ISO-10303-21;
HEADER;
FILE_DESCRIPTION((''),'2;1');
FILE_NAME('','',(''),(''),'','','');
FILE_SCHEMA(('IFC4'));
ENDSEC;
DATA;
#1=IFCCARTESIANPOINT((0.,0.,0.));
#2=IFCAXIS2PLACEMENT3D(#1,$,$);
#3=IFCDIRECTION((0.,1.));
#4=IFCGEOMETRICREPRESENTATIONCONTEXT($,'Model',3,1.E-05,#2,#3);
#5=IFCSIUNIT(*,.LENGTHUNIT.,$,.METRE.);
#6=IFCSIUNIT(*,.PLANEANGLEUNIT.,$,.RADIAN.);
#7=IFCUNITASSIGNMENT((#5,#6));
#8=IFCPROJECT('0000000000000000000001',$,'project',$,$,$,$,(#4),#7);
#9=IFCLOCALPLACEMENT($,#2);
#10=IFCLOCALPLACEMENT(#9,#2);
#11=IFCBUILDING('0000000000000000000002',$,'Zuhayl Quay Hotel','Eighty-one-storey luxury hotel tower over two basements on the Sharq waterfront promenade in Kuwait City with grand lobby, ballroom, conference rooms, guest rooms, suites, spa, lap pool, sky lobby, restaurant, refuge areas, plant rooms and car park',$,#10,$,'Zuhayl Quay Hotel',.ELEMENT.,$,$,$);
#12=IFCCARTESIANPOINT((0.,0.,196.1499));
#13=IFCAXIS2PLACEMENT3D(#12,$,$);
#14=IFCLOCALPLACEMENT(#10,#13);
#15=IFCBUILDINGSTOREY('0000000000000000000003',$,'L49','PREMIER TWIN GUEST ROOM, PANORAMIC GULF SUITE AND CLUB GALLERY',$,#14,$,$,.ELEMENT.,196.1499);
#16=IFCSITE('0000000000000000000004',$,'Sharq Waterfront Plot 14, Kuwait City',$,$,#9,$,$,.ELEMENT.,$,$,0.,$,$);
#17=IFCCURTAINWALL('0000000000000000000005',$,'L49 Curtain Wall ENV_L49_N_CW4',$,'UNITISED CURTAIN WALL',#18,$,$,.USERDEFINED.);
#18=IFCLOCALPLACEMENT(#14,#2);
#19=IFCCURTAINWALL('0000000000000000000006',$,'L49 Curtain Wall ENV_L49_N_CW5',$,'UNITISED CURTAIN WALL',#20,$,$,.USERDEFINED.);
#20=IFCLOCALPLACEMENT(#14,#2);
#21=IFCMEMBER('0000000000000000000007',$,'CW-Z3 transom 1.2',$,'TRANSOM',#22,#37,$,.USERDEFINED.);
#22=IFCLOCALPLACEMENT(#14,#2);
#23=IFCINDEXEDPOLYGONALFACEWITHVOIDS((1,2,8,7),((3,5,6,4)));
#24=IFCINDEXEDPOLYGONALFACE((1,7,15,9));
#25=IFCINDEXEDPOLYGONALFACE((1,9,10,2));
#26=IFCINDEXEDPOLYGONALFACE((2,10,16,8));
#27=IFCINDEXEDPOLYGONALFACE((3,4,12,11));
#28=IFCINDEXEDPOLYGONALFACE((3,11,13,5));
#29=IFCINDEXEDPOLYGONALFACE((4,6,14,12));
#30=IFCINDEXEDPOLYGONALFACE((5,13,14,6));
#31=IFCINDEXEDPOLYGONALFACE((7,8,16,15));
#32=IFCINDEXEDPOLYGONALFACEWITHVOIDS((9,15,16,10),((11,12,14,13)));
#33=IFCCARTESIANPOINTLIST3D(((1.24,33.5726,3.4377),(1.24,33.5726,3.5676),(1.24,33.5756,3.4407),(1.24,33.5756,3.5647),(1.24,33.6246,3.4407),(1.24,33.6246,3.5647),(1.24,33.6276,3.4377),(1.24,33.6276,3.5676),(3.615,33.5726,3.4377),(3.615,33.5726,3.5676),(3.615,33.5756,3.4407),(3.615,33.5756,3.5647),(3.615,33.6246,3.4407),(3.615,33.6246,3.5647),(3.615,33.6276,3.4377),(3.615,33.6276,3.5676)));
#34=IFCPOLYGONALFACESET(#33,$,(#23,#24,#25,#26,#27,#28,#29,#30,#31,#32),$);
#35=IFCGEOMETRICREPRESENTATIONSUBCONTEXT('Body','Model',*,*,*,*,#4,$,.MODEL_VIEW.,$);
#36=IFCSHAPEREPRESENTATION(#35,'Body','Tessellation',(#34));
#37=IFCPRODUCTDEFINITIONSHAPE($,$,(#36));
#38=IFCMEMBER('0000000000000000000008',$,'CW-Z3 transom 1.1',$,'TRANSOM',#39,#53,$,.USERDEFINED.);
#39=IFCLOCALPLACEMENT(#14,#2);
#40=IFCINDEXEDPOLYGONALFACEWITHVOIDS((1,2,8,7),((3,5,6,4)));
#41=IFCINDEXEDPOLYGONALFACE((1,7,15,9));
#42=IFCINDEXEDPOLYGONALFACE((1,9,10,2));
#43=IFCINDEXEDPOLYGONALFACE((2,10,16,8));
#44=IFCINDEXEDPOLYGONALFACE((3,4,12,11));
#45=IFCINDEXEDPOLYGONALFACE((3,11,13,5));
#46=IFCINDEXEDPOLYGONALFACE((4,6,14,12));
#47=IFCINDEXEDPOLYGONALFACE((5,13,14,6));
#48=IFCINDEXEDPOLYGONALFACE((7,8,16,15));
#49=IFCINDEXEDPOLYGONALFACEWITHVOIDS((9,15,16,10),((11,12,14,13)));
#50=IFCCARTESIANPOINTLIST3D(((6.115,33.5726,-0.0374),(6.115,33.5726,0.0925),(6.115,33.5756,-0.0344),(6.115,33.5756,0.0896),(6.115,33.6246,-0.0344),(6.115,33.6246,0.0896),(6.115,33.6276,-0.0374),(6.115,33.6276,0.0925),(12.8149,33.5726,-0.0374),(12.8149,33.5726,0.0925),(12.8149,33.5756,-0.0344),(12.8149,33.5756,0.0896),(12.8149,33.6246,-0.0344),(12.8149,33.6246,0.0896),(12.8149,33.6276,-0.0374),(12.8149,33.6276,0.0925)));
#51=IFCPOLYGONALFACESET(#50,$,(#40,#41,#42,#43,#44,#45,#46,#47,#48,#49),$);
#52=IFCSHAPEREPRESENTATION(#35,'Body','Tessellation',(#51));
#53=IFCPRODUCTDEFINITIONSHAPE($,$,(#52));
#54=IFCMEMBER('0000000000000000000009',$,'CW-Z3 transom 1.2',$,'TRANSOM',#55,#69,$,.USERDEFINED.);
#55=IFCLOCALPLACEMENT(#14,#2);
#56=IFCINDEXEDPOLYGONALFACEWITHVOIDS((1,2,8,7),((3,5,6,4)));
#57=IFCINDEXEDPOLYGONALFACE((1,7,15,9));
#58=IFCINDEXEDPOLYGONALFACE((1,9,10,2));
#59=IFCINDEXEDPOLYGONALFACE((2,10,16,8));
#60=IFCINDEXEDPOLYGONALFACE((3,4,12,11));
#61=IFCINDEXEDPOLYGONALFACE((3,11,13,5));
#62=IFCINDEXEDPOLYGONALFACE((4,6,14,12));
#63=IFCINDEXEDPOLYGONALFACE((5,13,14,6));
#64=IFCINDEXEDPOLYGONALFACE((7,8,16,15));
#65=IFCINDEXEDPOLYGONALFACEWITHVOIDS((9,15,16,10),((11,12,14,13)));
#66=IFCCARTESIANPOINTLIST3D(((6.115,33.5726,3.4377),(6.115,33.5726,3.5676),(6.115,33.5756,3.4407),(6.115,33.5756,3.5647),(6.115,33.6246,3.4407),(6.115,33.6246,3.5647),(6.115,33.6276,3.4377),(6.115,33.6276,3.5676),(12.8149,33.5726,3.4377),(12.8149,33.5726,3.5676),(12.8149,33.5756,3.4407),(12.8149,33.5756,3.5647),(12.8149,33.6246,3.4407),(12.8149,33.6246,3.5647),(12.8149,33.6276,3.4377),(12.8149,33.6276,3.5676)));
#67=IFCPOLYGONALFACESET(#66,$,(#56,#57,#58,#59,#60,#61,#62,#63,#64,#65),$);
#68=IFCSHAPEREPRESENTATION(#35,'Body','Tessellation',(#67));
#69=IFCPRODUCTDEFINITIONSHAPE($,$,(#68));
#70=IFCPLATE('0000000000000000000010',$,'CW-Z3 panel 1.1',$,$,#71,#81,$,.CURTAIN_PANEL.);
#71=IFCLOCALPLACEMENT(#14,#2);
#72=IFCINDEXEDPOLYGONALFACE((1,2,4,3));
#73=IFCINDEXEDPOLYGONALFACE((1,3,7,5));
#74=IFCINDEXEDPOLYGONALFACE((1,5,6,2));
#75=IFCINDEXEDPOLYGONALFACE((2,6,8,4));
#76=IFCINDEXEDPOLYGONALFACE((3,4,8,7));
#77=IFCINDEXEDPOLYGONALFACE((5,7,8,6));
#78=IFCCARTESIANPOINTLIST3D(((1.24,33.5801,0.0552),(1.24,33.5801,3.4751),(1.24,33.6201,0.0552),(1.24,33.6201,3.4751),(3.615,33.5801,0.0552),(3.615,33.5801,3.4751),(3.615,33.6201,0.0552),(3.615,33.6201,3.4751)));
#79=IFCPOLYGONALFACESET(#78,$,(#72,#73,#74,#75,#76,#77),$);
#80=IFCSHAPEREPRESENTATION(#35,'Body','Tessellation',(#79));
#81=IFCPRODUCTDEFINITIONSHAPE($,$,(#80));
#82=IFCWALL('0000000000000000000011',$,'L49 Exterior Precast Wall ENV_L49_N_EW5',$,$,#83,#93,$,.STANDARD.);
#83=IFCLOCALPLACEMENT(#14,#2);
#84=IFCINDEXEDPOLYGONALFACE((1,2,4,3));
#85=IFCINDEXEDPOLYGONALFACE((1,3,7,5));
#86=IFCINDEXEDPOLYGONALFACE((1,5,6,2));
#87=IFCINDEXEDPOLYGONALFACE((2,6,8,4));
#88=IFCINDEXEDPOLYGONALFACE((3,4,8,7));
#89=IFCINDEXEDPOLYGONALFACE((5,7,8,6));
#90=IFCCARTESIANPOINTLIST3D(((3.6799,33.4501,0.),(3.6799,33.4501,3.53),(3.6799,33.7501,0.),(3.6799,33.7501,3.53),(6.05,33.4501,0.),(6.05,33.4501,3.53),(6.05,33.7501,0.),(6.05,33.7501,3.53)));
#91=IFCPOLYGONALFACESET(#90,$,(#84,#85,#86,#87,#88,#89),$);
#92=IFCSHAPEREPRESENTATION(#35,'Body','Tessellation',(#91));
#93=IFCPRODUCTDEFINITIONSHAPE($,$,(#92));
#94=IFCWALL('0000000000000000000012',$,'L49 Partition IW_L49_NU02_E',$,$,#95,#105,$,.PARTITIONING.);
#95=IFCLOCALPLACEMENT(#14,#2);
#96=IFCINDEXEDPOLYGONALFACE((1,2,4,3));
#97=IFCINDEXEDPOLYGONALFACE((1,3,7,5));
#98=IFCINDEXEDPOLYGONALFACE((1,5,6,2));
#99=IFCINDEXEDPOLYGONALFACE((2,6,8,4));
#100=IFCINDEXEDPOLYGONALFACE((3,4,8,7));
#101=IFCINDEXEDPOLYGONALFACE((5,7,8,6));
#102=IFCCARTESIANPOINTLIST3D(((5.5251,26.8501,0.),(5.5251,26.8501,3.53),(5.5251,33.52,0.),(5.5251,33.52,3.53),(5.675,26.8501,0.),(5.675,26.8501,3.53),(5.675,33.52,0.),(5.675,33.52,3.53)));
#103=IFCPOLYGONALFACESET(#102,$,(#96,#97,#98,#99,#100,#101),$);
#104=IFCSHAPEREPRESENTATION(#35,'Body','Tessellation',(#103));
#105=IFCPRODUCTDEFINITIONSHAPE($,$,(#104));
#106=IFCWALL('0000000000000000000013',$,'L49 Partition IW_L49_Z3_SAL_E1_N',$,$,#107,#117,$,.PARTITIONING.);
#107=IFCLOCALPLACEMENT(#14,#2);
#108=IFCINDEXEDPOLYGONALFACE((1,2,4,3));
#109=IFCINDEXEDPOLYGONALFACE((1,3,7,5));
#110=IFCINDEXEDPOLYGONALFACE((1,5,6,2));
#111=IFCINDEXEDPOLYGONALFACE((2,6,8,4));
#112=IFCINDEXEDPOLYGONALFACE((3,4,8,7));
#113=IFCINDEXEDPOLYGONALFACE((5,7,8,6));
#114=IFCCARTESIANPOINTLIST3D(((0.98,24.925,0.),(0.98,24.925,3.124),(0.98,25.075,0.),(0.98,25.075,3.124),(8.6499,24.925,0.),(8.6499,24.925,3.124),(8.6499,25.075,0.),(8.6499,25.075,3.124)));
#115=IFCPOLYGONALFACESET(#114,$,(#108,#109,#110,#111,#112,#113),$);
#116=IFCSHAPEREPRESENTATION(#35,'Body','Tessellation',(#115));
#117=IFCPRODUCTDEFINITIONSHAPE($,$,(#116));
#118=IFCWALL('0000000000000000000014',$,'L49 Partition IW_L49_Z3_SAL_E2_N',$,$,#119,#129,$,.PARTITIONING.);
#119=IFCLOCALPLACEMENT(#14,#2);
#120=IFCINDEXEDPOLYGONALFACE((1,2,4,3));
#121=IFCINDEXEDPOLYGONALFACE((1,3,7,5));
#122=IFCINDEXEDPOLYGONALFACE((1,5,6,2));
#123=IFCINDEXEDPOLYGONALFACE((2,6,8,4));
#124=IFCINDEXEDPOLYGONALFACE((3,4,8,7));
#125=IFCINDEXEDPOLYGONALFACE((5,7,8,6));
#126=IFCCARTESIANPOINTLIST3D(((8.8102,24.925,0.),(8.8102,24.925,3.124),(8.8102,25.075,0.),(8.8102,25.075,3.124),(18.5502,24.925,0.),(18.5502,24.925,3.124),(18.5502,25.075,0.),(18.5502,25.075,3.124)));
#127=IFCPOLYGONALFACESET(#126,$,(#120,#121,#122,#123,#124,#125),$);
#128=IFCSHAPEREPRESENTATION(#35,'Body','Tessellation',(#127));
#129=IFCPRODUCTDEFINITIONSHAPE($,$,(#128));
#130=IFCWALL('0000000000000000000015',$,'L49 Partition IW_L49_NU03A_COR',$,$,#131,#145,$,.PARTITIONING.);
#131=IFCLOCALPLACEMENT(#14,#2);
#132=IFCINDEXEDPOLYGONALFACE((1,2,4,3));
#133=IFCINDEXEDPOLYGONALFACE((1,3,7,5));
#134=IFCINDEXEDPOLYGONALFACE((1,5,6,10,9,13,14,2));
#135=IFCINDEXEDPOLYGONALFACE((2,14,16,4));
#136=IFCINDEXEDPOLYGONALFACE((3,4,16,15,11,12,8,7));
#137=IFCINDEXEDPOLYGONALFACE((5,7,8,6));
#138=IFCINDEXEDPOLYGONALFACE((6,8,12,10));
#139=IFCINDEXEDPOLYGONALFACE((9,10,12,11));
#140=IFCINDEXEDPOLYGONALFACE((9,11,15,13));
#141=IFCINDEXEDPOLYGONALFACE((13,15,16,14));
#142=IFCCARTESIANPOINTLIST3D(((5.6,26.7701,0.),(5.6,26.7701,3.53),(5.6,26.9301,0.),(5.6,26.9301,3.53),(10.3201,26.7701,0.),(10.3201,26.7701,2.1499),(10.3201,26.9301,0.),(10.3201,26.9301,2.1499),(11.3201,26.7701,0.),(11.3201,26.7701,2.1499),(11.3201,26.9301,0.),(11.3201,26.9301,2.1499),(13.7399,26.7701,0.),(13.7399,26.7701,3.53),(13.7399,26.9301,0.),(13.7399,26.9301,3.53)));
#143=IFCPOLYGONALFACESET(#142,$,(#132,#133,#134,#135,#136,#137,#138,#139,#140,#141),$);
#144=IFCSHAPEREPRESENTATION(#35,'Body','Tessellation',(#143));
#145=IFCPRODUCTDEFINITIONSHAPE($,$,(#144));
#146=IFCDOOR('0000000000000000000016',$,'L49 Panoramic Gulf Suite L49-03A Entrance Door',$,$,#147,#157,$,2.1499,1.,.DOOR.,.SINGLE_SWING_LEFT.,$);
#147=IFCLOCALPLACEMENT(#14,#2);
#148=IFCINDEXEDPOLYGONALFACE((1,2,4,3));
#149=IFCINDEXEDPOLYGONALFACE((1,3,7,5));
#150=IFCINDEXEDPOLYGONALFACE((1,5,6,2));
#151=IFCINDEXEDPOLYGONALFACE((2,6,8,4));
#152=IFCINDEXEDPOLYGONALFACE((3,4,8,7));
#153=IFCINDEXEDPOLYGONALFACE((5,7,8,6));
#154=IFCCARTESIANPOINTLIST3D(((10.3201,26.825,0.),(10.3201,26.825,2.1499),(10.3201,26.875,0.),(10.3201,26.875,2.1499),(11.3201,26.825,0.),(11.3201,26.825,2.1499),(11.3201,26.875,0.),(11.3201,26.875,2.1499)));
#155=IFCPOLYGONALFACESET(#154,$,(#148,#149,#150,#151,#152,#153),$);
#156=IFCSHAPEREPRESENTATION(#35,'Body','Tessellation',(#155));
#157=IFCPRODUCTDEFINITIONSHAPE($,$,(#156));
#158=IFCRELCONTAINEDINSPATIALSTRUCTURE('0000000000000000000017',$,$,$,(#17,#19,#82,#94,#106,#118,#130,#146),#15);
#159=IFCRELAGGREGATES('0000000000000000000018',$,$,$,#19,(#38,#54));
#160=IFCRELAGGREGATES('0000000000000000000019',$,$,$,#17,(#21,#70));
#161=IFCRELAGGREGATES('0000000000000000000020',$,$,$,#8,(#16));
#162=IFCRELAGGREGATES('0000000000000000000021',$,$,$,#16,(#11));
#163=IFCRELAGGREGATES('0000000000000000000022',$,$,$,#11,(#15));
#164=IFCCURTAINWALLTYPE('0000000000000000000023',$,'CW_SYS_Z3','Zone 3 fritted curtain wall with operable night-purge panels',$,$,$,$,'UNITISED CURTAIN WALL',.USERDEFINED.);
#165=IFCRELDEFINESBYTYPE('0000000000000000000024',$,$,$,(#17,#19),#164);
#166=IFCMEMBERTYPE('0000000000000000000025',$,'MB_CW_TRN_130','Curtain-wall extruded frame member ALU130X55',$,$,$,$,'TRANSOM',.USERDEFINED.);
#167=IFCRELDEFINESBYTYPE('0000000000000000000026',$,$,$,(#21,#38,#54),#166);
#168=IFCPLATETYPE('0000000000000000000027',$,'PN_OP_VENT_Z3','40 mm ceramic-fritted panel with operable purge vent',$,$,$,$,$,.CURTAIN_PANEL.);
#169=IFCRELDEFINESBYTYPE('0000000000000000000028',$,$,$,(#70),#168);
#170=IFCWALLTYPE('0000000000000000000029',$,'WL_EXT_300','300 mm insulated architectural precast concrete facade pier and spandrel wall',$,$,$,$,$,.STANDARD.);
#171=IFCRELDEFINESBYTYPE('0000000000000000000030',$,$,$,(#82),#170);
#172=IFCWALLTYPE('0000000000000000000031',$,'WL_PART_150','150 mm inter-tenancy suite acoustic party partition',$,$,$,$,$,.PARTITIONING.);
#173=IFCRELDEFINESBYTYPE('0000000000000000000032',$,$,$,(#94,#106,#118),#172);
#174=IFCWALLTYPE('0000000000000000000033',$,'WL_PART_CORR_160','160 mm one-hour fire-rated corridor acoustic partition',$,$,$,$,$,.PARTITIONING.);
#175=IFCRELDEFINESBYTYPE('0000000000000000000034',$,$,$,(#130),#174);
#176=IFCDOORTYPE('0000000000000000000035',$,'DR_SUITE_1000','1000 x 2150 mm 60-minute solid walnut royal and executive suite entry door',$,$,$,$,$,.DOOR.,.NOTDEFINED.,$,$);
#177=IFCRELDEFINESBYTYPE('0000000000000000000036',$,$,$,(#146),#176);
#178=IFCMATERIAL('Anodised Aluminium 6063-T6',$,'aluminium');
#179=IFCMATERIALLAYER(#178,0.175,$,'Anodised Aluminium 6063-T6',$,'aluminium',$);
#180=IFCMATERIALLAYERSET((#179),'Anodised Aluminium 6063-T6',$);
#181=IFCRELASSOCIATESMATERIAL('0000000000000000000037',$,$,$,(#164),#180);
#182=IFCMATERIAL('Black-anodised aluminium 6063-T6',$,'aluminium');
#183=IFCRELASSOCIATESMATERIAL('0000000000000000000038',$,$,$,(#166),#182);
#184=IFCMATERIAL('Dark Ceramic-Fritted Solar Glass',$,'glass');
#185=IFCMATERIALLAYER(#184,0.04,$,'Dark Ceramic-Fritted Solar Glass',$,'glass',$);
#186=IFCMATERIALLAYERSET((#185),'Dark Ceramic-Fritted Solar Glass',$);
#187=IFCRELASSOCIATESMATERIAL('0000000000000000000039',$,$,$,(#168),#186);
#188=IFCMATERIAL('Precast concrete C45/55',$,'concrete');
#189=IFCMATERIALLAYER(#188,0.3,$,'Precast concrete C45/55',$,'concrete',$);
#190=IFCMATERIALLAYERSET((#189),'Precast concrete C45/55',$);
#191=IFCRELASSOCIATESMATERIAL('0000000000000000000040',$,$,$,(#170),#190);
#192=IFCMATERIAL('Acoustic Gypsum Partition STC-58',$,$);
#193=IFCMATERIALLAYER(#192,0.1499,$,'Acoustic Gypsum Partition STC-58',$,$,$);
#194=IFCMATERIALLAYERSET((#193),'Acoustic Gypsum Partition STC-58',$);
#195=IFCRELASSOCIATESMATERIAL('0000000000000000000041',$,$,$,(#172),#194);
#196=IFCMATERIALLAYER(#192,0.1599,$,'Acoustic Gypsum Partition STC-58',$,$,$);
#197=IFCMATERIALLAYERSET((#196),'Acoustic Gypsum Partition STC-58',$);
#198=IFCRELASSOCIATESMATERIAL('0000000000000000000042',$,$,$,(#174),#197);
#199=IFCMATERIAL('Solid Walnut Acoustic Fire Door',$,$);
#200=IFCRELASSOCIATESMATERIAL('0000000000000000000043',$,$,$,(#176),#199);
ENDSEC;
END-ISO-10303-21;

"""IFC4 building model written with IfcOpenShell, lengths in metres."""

from ifc_helpers import new_model, si_unit, direction, frame, frame_2d, origin, origin_2d, place, context, subcontext, project, spatial, rectangle, hollow_rectangle, extrude, material, layer, layer_set, material_profile, profile_set, type_object, element, fill, aggregate, save


model = new_model("IFC4")

# Units and contexts
model_context = context("Model", 3, precision=1e-05, world=origin(), true_north=direction((0.0, 1.0)))
body_context = subcontext(model_context, "Body", "Model", "MODEL_VIEW")
ifc_project = project(units=[si_unit("LENGTHUNIT", "METRE"), si_unit("PLANEANGLEUNIT", "RADIAN")], contexts=[model_context])

# Site, building, storey
site_placement = place(None, origin())
site = spatial("IfcSite", under=ifc_project, at=site_placement, Name="Sharq Waterfront Plot 14, Kuwait City", CompositionType="ELEMENT", RefElevation=0.0)
building_placement = place(site_placement, origin())
building = spatial("IfcBuilding", under=site, at=building_placement, Name="Zuhayl Quay Hotel", Description="Eighty-one-storey luxury hotel tower over two basements on the Sharq waterfront promenade in Kuwait City with grand lobby, ballroom, conference rooms, guest rooms, suites, spa, lap pool, sky lobby, restaurant, refuge areas, plant rooms and car park", LongName="Zuhayl Quay Hotel", CompositionType="ELEMENT")
storey_placement = place(building_placement, frame((0.0, 0.0, 196.1499)))
storey = spatial("IfcBuildingStorey", under=building, at=storey_placement, Name="L49", Description="PREMIER TWIN GUEST ROOM, PANORAMIC GULF SUITE AND CLUB GALLERY", CompositionType="ELEMENT", Elevation=196.1499)

# Curtain wall
ifc_material_1 = material(Name="Anodised Aluminium 6063-T6", Category="aluminium")
ifc_layer_1 = layer(ifc_material_1, 0.175, Name="Anodised Aluminium 6063-T6", Category="aluminium")
ifc_layer_set_1 = layer_set([ifc_layer_1], Name="Anodised Aluminium 6063-T6")
curtain_wall_type = type_object("IfcCurtainWallType", Name="CW_SYS_Z3", Description="Zone 3 fritted curtain wall with operable night-purge panels", ElementType="UNITISED CURTAIN WALL", PredefinedType="USERDEFINED", material=ifc_layer_set_1)
curtain_wall_1_placement = place(storey_placement, origin())
curtain_wall_1 = element("IfcCurtainWall", 1, at=curtain_wall_1_placement, inside=storey, type_object=curtain_wall_type, Name="L49 Curtain Wall ENV_L49_N_CW4", ObjectType="UNITISED CURTAIN WALL", PredefinedType="USERDEFINED")
ifc_material_2 = material(Name="Black-anodised aluminium 6063-T6", Category="aluminium")

# Curtain wall
curtain_wall_2_placement = place(storey_placement, origin())
curtain_wall_2 = element("IfcCurtainWall", 2, at=curtain_wall_2_placement, inside=storey, type_object=curtain_wall_type, Name="L49 Curtain Wall ENV_L49_N_CW5", ObjectType="UNITISED CURTAIN WALL", PredefinedType="USERDEFINED")

# Members
ifc_material_profile_1 = material_profile(ifc_material_2, hollow_rectangle(XDim=0.0549, YDim=0.1299, WallThickness=0.0029, at=origin_2d()), Name="ALU130X55")
ifc_profile_set_1 = profile_set([ifc_material_profile_1], Name="Black-anodised aluminium 6063-T6")
member_type_1 = type_object("IfcMemberType", Name="MB_CW_TRN_130", Description="Curtain-wall extruded frame member ALU130X55", ElementType="TRANSOM", PredefinedType="USERDEFINED", material=ifc_profile_set_1)
member_1_placement = place(storey_placement, frame((1.24, 33.6001, 3.5027), z_axis=(1.0, 0.0, 0.0), x_axis=(0.0, 1.0, 0.0)))
member_1 = element("IfcMember", 3, at=member_1_placement, type_object=member_type_1, Name="CW-Z3 transom 1.2", ObjectType="TRANSOM", PredefinedType="USERDEFINED", context=body_context, shape_type="SweptSolid", body=[
    extrude(hollow_rectangle(XDim=0.0549, YDim=0.1299, WallThickness=0.0029, at=origin_2d()), origin(), (0.0, 0.0, 1.0), 2.375),
])
member_2_placement = place(storey_placement, frame((6.115, 33.6001, 0.0276), z_axis=(1.0, 0.0, 0.0), x_axis=(0.0, 1.0, 0.0)))
member_2 = element("IfcMember", 4, at=member_2_placement, type_object=member_type_1, Name="CW-Z3 transom 1.1", ObjectType="TRANSOM", PredefinedType="USERDEFINED", context=body_context, shape_type="SweptSolid", body=[
    extrude(hollow_rectangle(XDim=0.0549, YDim=0.1299, WallThickness=0.0029, at=origin_2d()), origin(), (0.0, 0.0, 1.0), 6.7),
])
member_3_placement = place(storey_placement, frame((6.115, 33.6001, 3.5027), z_axis=(1.0, 0.0, 0.0), x_axis=(0.0, 1.0, 0.0)))
member_3 = element("IfcMember", 5, at=member_3_placement, type_object=member_type_1, Name="CW-Z3 transom 1.2", ObjectType="TRANSOM", PredefinedType="USERDEFINED", context=body_context, shape_type="SweptSolid", body=[
    extrude(hollow_rectangle(XDim=0.0549, YDim=0.1299, WallThickness=0.0029, at=origin_2d()), origin(), (0.0, 0.0, 1.0), 6.7),
])
aggregate(curtain_wall_2, [member_2, member_3])

# Plate
ifc_material_3 = material(Name="Dark Ceramic-Fritted Solar Glass", Category="glass")
ifc_layer_2 = layer(ifc_material_3, 0.04, Name="Dark Ceramic-Fritted Solar Glass", Category="glass")
ifc_layer_set_2 = layer_set([ifc_layer_2], Name="Dark Ceramic-Fritted Solar Glass")
plate_type = type_object("IfcPlateType", Name="PN_OP_VENT_Z3", Description="40 mm ceramic-fritted panel with operable purge vent", PredefinedType="CURTAIN_PANEL", material=ifc_layer_set_2)
plate_placement = place(storey_placement, frame((2.4275, 33.6001, 0.0552), z_axis=(0.0, 0.0, 1.0), x_axis=(1.0, 0.0, 0.0)))
plate = element("IfcPlate", 6, at=plate_placement, type_object=plate_type, Name="CW-Z3 panel 1.1", PredefinedType="CURTAIN_PANEL", context=body_context, shape_type="SweptSolid", body=[
    extrude(rectangle(XDim=2.375, YDim=0.04, at=origin_2d()), origin(), (0.0, 0.0, 1.0), 3.4199),
])
aggregate(curtain_wall_1, [member_1, plate])

# Walls
ifc_material_4 = material(Name="Precast concrete C45/55", Category="concrete")
ifc_layer_3 = layer(ifc_material_4, 0.3, Name="Precast concrete C45/55", Category="concrete")
ifc_layer_set_3 = layer_set([ifc_layer_3], Name="Precast concrete C45/55")
wall_type_1 = type_object("IfcWallType", Name="WL_EXT_300", Description="300 mm insulated architectural precast concrete facade pier and spandrel wall", PredefinedType="STANDARD", material=ifc_layer_set_3)
wall_1_placement = place(storey_placement, frame((3.6799, 33.6001, 0.0), z_axis=(0.0, 0.0, 1.0), x_axis=(1.0, 0.0, 0.0)))
element("IfcWall", 7, at=wall_1_placement, inside=storey, type_object=wall_type_1, Name="L49 Exterior Precast Wall ENV_L49_N_EW5", PredefinedType="STANDARD", context=body_context, shape_type="SweptSolid", body=[
    extrude(rectangle(XDim=2.3701, YDim=0.3, at=frame_2d((1.1851, 0.0))), origin(), (0.0, 0.0, 1.0), 3.53),
])
ifc_material_5 = material(Name="Acoustic Gypsum Partition STC-58")
ifc_layer_4 = layer(ifc_material_5, 0.1499, Name="Acoustic Gypsum Partition STC-58")
ifc_layer_set_4 = layer_set([ifc_layer_4], Name="Acoustic Gypsum Partition STC-58")
wall_type_2 = type_object("IfcWallType", Name="WL_PART_150", Description="150 mm inter-tenancy suite acoustic party partition", PredefinedType="PARTITIONING", material=ifc_layer_set_4)
wall_2_placement = place(storey_placement, frame((5.6001, 26.8501, 0.0), z_axis=(0.0, 0.0, 1.0), x_axis=(0.0, 1.0, 0.0)))
element("IfcWall", 8, at=wall_2_placement, inside=storey, type_object=wall_type_2, Name="L49 Partition IW_L49_NU02_E", PredefinedType="PARTITIONING", context=body_context, shape_type="SweptSolid", body=[
    extrude(rectangle(XDim=6.6699, YDim=0.1499, at=frame_2d((3.335, 0.0))), origin(), (0.0, 0.0, 1.0), 3.53),
])
wall_3_placement = place(storey_placement, frame((0.98, 25.0, 0.0), z_axis=(0.0, 0.0, 1.0), x_axis=(1.0, 0.0, 0.0)))
element("IfcWall", 9, at=wall_3_placement, inside=storey, type_object=wall_type_2, Name="L49 Partition IW_L49_Z3_SAL_E1_N", PredefinedType="PARTITIONING", context=body_context, shape_type="SweptSolid", body=[
    extrude(rectangle(XDim=7.6699, YDim=0.1499, at=frame_2d((3.835, 0.0))), origin(), (0.0, 0.0, 1.0), 3.124),
])
wall_4_placement = place(storey_placement, frame((8.8101, 25.0, 0.0), z_axis=(0.0, 0.0, 1.0), x_axis=(1.0, 0.0, 0.0)))
element("IfcWall", 10, at=wall_4_placement, inside=storey, type_object=wall_type_2, Name="L49 Partition IW_L49_Z3_SAL_E2_N", PredefinedType="PARTITIONING", context=body_context, shape_type="SweptSolid", body=[
    extrude(rectangle(XDim=9.74, YDim=0.1499, at=frame_2d((4.8701, 0.0))), origin(), (0.0, 0.0, 1.0), 3.124),
])

# Wall, opening, door
ifc_layer_5 = layer(ifc_material_5, 0.1599, Name="Acoustic Gypsum Partition STC-58")
ifc_layer_set_5 = layer_set([ifc_layer_5], Name="Acoustic Gypsum Partition STC-58")
wall_type_3 = type_object("IfcWallType", Name="WL_PART_CORR_160", Description="160 mm one-hour fire-rated corridor acoustic partition", PredefinedType="PARTITIONING", material=ifc_layer_set_5)
wall_5_placement = place(storey_placement, frame((5.6001, 26.8501, 0.0), z_axis=(0.0, 0.0, 1.0), x_axis=(1.0, 0.0, 0.0)))
wall_5 = element("IfcWall", 11, at=wall_5_placement, inside=storey, type_object=wall_type_3, Name="L49 Partition IW_L49_NU03A_COR", PredefinedType="PARTITIONING", context=body_context, shape_type="SweptSolid", body=[
    extrude(rectangle(XDim=8.1399, YDim=0.1599, at=frame_2d((4.0698, 0.0))), origin(), (0.0, 0.0, 1.0), 3.53),
])
opening_1_placement = place(wall_5_placement, frame((4.72, 0.0, 0.0)))
opening_1 = element("IfcOpeningElement", 12, at=opening_1_placement, cuts=wall_5, PredefinedType="OPENING", context=body_context, shape_type="SweptSolid", body=[
    extrude(rectangle(XDim=1.0, YDim=2.1499, at=frame_2d((0.5, 1.075))), frame((0.0, 0.0898, 0.0), z_axis=(0.0, -1.0, 0.0), x_axis=(1.0, 0.0, 0.0)), (0.0, 0.0, 1.0), 0.1799),
])
ifc_material_6 = material(Name="Solid Walnut Acoustic Fire Door")
door_type_1 = type_object("IfcDoorType", Name="DR_SUITE_1000", Description="1000 x 2150 mm 60-minute solid walnut royal and executive suite entry door", OperationType="NOTDEFINED", PredefinedType="DOOR", material=ifc_material_6)
door_1_placement = place(opening_1_placement, origin())
door_1 = element("IfcDoor", 13, at=door_1_placement, inside=storey, type_object=door_type_1, Name="L49 Panoramic Gulf Suite L49-03A Entrance Door", OperationType="SINGLE_SWING_LEFT", OverallHeight=2.1499, OverallWidth=1.0, PredefinedType="DOOR", context=body_context, shape_type="SweptSolid", body=[
    extrude(rectangle(XDim=1.0, YDim=2.1499, at=frame_2d((0.5, 1.075))), frame((0.0, 0.0249, 0.0), z_axis=(0.0, -1.0, 0.0), x_axis=(1.0, 0.0, 0.0)), (0.0, 0.0, 1.0), 0.05),
])
fill(opening_1, door_1)

save(model, "model.ifc")
